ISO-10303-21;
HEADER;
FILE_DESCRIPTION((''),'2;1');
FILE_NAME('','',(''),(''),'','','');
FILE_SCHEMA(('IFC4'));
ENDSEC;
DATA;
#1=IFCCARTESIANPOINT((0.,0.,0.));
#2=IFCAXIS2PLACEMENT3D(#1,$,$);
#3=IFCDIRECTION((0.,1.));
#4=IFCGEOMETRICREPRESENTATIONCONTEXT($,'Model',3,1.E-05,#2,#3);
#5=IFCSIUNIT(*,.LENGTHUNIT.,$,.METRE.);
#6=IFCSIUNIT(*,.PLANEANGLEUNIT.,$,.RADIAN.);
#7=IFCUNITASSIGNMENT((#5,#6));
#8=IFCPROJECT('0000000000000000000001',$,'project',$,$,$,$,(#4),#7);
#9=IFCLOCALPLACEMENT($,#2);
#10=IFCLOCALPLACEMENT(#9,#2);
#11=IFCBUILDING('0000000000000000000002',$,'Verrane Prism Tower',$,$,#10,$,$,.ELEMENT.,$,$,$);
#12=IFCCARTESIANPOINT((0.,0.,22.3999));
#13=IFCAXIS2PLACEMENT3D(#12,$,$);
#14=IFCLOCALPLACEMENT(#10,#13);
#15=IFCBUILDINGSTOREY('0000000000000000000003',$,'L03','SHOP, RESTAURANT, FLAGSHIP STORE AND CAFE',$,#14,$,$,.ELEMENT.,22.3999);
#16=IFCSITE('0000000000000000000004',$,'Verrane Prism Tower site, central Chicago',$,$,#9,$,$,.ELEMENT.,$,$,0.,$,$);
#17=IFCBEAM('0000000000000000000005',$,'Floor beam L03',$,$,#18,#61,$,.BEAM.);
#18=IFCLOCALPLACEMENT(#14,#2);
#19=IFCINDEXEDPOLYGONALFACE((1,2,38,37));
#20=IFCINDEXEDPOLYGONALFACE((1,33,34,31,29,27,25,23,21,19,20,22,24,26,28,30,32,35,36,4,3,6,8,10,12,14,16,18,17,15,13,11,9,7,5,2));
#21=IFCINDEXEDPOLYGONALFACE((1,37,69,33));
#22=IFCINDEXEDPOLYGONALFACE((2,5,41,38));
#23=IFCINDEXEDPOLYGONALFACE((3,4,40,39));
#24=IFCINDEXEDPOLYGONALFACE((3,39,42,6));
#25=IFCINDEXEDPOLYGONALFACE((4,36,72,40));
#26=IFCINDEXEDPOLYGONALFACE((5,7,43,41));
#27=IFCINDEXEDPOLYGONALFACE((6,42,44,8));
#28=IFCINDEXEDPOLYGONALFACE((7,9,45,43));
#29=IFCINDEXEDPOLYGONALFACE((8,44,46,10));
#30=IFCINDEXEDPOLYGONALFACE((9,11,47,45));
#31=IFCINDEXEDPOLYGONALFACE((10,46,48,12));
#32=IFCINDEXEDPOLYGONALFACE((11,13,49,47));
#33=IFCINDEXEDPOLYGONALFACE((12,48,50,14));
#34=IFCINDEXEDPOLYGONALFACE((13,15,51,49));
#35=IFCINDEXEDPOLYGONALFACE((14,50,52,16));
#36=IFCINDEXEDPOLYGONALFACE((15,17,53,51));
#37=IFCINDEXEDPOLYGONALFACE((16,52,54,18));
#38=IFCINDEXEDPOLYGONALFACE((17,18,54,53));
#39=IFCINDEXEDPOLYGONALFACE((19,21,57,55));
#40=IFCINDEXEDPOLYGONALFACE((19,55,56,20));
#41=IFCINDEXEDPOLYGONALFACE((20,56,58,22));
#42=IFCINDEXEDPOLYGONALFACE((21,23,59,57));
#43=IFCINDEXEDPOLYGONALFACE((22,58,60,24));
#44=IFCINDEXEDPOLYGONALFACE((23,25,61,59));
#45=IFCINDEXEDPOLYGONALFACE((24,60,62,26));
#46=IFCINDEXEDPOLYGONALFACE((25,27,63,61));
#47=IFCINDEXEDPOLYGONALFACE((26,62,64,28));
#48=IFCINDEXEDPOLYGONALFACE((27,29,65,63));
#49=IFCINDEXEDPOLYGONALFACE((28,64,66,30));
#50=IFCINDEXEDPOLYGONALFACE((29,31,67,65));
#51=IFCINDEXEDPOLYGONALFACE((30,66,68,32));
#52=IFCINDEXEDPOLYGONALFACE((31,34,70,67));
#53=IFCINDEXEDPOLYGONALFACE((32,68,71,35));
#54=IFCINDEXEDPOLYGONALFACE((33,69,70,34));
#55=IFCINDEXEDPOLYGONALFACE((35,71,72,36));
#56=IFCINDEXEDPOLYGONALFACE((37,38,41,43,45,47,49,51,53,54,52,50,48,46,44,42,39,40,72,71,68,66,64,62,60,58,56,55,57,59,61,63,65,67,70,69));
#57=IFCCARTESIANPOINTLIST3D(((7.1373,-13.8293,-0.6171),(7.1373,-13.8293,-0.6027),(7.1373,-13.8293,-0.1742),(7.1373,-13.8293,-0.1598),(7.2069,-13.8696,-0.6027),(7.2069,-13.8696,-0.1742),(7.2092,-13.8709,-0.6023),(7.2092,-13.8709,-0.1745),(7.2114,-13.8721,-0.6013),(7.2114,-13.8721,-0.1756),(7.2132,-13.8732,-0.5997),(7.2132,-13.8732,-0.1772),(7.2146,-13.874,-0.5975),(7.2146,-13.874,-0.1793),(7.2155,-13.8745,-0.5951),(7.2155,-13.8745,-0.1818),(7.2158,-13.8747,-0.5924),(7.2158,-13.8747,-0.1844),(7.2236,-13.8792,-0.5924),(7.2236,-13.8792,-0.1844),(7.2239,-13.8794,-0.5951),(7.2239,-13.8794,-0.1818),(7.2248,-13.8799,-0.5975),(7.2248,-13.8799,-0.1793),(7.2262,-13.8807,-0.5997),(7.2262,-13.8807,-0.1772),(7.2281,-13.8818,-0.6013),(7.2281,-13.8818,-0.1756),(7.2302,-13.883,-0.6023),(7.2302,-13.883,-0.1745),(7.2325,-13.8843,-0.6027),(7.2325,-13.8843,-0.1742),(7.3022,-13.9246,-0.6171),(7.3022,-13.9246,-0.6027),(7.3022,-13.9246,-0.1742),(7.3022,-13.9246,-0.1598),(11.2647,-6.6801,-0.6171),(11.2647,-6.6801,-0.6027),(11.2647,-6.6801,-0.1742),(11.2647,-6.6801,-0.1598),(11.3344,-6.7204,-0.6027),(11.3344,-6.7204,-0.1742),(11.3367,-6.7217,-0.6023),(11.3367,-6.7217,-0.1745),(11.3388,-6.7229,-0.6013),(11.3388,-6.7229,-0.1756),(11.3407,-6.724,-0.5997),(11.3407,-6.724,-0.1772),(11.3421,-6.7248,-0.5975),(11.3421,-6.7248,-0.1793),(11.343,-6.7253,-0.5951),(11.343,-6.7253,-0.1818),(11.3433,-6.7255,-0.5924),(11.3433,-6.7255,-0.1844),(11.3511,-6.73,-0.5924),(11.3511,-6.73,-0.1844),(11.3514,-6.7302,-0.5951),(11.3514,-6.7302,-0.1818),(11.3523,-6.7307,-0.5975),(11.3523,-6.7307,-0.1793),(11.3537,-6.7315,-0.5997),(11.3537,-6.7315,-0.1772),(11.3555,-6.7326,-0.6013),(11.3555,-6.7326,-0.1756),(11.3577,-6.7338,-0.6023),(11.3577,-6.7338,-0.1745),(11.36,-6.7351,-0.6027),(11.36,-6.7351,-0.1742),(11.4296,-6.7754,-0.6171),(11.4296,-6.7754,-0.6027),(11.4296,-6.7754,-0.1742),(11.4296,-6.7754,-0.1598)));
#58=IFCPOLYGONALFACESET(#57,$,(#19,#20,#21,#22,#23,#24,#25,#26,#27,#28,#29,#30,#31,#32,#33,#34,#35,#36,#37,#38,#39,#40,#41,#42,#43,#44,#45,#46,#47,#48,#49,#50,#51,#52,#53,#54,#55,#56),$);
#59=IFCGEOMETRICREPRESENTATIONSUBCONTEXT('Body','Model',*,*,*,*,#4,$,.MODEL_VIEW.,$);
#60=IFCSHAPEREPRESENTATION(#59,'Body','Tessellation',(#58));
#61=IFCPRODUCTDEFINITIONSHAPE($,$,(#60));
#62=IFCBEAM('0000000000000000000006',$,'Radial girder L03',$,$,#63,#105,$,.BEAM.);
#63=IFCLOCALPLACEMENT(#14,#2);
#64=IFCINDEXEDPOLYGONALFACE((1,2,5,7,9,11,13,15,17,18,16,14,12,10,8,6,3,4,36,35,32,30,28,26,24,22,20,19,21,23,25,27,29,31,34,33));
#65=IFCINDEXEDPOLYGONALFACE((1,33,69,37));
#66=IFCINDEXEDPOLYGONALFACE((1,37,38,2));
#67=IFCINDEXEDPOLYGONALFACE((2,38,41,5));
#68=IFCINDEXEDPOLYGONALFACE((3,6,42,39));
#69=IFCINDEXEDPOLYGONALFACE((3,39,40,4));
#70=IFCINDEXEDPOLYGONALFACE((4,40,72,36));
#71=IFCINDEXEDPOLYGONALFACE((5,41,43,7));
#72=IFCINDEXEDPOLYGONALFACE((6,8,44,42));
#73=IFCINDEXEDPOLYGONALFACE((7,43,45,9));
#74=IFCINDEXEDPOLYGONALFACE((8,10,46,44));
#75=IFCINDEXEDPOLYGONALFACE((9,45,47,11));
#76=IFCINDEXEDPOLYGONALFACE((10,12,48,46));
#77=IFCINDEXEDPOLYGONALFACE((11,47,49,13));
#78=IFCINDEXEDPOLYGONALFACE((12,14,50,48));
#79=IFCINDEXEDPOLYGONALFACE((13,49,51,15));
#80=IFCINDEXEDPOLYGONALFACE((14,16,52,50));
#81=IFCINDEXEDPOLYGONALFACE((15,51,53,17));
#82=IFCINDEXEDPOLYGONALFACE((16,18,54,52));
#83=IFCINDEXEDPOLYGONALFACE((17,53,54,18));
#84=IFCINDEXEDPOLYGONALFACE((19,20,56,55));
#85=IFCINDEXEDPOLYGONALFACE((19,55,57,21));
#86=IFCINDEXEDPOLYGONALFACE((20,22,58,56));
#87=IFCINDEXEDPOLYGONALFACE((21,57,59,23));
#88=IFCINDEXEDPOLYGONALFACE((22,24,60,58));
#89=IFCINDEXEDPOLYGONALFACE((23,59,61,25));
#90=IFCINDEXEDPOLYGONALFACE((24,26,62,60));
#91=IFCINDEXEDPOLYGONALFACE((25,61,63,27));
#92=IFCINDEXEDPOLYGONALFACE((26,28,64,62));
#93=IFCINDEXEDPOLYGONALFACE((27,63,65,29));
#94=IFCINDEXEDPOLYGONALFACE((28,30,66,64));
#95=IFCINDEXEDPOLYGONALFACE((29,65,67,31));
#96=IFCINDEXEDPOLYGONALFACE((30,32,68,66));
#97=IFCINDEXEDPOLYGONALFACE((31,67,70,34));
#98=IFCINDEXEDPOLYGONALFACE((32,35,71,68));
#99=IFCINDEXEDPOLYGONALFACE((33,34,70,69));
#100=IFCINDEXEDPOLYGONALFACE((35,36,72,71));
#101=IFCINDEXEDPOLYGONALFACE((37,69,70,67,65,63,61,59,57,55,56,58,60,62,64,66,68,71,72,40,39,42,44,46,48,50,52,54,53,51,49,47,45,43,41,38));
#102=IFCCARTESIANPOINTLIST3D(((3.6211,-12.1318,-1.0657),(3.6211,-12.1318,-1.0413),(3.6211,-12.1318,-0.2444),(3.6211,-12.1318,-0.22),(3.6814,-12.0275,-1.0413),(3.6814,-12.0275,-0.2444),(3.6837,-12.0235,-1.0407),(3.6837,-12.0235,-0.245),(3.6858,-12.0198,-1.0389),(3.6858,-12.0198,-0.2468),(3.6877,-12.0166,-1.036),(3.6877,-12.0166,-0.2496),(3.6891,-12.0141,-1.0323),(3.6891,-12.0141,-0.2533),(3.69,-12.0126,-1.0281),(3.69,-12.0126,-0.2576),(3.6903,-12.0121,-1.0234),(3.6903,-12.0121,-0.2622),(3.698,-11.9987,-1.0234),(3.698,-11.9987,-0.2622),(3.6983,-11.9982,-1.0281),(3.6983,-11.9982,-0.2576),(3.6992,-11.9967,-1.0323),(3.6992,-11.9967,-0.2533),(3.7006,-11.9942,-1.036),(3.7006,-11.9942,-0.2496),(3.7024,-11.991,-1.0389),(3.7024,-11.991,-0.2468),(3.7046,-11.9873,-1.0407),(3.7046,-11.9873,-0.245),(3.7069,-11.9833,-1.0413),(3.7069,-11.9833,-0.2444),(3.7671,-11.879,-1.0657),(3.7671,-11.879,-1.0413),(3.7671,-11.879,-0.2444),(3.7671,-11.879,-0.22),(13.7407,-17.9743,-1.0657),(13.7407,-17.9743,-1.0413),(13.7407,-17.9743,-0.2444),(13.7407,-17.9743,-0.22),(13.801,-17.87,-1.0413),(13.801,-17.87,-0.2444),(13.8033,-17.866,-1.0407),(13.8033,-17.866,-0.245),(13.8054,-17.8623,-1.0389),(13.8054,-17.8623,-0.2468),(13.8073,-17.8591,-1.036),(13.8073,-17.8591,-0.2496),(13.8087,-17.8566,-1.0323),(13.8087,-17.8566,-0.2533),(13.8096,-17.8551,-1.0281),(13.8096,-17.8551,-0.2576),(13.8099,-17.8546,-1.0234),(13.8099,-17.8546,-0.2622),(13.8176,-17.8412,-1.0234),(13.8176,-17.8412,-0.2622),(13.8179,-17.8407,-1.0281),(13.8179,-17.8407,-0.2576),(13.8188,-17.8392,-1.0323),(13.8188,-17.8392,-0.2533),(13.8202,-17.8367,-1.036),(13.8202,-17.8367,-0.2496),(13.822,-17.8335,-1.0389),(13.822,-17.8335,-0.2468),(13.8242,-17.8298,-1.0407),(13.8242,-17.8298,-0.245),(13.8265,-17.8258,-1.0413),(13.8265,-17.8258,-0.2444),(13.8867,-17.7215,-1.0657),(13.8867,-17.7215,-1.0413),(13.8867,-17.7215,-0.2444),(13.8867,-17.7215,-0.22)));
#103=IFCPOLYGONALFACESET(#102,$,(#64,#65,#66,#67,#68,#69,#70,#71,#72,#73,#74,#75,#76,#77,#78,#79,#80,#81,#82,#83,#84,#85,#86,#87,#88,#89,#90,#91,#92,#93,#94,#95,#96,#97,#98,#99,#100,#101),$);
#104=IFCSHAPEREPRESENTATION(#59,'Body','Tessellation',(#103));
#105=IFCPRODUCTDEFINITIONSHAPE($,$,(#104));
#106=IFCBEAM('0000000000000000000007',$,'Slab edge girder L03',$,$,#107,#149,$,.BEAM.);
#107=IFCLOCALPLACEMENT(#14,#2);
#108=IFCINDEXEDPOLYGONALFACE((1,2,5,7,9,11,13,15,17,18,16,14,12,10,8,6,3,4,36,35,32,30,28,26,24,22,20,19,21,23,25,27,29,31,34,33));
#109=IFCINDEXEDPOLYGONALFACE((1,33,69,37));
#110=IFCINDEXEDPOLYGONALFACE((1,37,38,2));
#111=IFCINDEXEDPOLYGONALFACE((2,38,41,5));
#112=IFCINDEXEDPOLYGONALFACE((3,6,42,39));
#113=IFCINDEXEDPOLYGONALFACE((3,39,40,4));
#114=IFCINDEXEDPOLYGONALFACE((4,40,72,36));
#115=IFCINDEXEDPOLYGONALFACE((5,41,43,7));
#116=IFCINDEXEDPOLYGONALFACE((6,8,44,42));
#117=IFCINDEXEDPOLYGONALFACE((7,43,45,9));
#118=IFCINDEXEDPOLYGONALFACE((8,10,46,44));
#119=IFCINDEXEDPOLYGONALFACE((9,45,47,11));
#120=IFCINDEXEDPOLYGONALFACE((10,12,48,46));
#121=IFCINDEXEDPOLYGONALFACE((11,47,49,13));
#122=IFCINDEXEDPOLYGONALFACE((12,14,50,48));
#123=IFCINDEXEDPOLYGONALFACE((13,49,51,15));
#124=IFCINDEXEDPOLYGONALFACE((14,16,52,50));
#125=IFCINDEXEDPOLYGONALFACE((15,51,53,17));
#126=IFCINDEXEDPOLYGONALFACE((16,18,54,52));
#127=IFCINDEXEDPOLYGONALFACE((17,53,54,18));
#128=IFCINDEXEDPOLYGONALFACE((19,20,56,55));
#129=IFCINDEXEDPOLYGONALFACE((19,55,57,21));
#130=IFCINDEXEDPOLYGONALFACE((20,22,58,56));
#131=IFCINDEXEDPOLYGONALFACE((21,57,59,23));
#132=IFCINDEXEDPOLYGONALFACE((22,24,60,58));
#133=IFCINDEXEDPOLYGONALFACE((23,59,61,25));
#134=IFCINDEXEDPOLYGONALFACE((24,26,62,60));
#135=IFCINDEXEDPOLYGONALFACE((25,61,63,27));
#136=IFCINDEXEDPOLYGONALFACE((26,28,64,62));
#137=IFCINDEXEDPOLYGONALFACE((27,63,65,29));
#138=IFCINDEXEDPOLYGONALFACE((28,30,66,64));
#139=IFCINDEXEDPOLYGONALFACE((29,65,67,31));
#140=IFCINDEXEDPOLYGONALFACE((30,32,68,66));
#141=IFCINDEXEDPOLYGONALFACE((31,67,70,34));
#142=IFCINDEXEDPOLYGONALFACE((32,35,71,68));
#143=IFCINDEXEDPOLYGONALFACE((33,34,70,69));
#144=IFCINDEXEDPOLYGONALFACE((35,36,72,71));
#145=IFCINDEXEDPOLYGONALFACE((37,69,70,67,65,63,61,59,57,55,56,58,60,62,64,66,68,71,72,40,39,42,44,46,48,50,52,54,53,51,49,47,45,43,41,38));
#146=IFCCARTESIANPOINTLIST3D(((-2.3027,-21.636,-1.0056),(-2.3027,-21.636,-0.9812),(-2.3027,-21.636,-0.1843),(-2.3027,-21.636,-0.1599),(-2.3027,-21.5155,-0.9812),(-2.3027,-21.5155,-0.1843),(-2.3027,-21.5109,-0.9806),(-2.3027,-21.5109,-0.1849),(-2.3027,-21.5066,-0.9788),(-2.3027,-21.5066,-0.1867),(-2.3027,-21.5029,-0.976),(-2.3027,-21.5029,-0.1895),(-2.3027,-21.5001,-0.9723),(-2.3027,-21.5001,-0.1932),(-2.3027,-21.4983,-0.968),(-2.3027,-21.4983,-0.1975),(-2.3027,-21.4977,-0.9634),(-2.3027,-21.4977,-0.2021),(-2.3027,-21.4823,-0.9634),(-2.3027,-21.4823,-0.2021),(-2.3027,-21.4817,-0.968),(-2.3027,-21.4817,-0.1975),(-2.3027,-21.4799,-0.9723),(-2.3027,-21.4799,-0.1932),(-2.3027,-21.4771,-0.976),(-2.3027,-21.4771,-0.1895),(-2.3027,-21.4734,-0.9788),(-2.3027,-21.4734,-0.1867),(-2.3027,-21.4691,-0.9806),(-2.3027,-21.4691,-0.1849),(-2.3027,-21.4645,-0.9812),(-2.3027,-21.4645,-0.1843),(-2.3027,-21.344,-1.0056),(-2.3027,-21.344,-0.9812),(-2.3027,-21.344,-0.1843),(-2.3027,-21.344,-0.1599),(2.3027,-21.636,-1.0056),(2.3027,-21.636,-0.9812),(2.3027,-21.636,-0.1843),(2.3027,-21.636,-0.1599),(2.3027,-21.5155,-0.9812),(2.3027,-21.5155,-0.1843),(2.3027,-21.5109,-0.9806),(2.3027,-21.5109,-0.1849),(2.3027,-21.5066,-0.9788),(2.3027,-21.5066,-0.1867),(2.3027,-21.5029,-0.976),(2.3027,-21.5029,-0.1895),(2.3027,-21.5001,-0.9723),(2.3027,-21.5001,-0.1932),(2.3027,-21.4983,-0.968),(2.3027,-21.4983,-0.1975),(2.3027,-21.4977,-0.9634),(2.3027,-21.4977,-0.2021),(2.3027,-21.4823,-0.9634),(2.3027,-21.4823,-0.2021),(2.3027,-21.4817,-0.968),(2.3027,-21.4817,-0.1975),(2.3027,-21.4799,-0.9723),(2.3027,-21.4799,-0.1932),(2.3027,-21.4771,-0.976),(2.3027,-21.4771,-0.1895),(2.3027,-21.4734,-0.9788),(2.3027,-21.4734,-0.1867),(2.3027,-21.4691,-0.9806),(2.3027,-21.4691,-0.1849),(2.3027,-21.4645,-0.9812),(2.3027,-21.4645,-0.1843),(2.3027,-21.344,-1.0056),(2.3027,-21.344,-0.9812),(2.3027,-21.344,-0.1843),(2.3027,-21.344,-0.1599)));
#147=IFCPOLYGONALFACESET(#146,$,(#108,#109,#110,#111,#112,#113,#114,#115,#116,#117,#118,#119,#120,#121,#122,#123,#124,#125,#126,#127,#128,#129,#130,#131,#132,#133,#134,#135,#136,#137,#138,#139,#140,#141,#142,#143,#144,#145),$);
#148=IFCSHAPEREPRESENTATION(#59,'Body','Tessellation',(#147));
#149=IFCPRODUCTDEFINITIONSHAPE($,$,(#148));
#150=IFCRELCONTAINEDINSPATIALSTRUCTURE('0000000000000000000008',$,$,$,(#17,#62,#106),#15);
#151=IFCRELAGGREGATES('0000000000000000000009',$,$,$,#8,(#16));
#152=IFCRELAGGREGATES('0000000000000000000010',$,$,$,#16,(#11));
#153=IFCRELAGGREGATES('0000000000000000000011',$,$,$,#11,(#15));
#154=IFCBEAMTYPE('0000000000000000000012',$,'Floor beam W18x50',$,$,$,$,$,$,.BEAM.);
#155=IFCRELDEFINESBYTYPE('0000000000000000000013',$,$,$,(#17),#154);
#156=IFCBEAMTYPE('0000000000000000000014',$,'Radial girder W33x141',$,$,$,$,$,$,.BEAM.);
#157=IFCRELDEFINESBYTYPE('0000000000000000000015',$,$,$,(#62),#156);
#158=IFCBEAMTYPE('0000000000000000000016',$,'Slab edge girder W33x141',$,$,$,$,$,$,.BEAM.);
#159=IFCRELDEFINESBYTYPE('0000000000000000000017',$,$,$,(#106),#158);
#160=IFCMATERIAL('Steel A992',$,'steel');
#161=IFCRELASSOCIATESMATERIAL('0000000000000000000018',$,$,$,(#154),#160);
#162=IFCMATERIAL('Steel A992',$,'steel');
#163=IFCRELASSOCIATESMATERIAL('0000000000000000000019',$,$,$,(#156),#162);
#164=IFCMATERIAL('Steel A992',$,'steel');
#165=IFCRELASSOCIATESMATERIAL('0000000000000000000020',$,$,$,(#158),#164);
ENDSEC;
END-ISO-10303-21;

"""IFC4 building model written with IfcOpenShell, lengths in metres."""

from ifc_helpers import new_model, si_unit, direction, frame, origin, origin_2d, place, context, subcontext, project, spatial, i_section, extrude, material, material_profile, profile_set, type_object, element, save


model = new_model("IFC4")

# Units and contexts
model_context = context("Model", 3, precision=1e-05, world=origin(), true_north=direction((0.0, 1.0)))
body_context = subcontext(model_context, "Body", "Model", "MODEL_VIEW")
ifc_project = project(units=[si_unit("LENGTHUNIT", "METRE"), si_unit("PLANEANGLEUNIT", "RADIAN")], contexts=[model_context])

# Site, building, storey
site_placement = place(None, origin())
site = spatial("IfcSite", under=ifc_project, at=site_placement, Name="Verrane Prism Tower site, central Chicago", CompositionType="ELEMENT", RefElevation=0.0)
building_placement = place(site_placement, origin())
building = spatial("IfcBuilding", under=site, at=building_placement, Name="Verrane Prism Tower", CompositionType="ELEMENT")
storey_placement = place(building_placement, frame((0.0, 0.0, 22.3999)))
storey = spatial("IfcBuildingStorey", under=building, at=storey_placement, Name="L03", Description="SHOP, RESTAURANT, FLAGSHIP STORE AND CAFE", CompositionType="ELEMENT", Elevation=22.3999)

# Beams
ifc_material_1 = material(Name="Steel A992", Category="steel")
ifc_material_profile_1 = material_profile(ifc_material_1, i_section(OverallWidth=0.1904, OverallDepth=0.4573, WebThickness=0.009, FlangeThickness=0.0144, FilletRadius=0.0103, at=origin_2d()), Name="W18x50")
ifc_profile_set_1 = profile_set([ifc_material_profile_1], Name="Steel A992")
beam_type_1 = type_object("IfcBeamType", Name="Floor beam W18x50", PredefinedType="BEAM", material=ifc_profile_set_1)
beam_1_placement = place(storey_placement, frame((7.2197, -13.877, -0.3884), z_axis=(0.499988, 0.866032, 0.0), x_axis=(-0.866032, 0.499988, 0.0)))
element("IfcBeam", 1, at=beam_1_placement, inside=storey, type_object=beam_type_1, Name="Floor beam L03", PredefinedType="BEAM", context=body_context, shape_type="SweptSolid", body=[
    extrude(i_section(OverallWidth=0.1904, OverallDepth=0.4573, WebThickness=0.009, FlangeThickness=0.0144, FilletRadius=0.0103, at=origin_2d()), origin(), (0.0, 0.0, 1.0), 8.2551),
])
ifc_material_2 = material(Name="Steel A992", Category="steel")
ifc_material_profile_2 = material_profile(ifc_material_2, i_section(OverallWidth=0.292, OverallDepth=0.8457, WebThickness=0.0154, FlangeThickness=0.0244, FilletRadius=0.0178, at=origin_2d()), Name="W33x141")
ifc_profile_set_2 = profile_set([ifc_material_profile_2], Name="Steel A992")
beam_type_2 = type_object("IfcBeamType", Name="Radial girder W33x141", PredefinedType="BEAM", material=ifc_profile_set_2)
beam_2_placement = place(storey_placement, frame((13.8137, -17.8479, -0.6428), z_axis=(-0.866027, 0.499997, 0.0), x_axis=(-0.499997, -0.866027, 0.0)))
element("IfcBeam", 2, at=beam_2_placement, inside=storey, type_object=beam_type_2, Name="Radial girder L03", PredefinedType="BEAM", context=body_context, shape_type="SweptSolid", body=[
    extrude(i_section(OverallWidth=0.292, OverallDepth=0.8457, WebThickness=0.0154, FlangeThickness=0.0244, FilletRadius=0.0178, at=origin_2d()), origin(), (0.0, 0.0, 1.0), 11.6851),
])
ifc_material_3 = material(Name="Steel A992", Category="steel")
ifc_material_profile_3 = material_profile(ifc_material_3, i_section(OverallWidth=0.292, OverallDepth=0.8457, WebThickness=0.0154, FlangeThickness=0.0244, FilletRadius=0.0178, at=origin_2d()), Name="W33x141")
ifc_profile_set_3 = profile_set([ifc_material_profile_3], Name="Steel A992")
beam_type_3 = type_object("IfcBeamType", Name="Slab edge girder W33x141", PredefinedType="BEAM", material=ifc_profile_set_3)
beam_3_placement = place(storey_placement, frame((2.3027, -21.49, -0.5828), z_axis=(-1.0, 0.0, 0.0), x_axis=(0.0, -1.0, 0.0)))
element("IfcBeam", 3, at=beam_3_placement, inside=storey, type_object=beam_type_3, Name="Slab edge girder L03", PredefinedType="BEAM", context=body_context, shape_type="SweptSolid", body=[
    extrude(i_section(OverallWidth=0.292, OverallDepth=0.8457, WebThickness=0.0154, FlangeThickness=0.0244, FilletRadius=0.0178, at=origin_2d()), origin(), (0.0, 0.0, 1.0), 4.6055),
])

save(model, "model.ifc")
